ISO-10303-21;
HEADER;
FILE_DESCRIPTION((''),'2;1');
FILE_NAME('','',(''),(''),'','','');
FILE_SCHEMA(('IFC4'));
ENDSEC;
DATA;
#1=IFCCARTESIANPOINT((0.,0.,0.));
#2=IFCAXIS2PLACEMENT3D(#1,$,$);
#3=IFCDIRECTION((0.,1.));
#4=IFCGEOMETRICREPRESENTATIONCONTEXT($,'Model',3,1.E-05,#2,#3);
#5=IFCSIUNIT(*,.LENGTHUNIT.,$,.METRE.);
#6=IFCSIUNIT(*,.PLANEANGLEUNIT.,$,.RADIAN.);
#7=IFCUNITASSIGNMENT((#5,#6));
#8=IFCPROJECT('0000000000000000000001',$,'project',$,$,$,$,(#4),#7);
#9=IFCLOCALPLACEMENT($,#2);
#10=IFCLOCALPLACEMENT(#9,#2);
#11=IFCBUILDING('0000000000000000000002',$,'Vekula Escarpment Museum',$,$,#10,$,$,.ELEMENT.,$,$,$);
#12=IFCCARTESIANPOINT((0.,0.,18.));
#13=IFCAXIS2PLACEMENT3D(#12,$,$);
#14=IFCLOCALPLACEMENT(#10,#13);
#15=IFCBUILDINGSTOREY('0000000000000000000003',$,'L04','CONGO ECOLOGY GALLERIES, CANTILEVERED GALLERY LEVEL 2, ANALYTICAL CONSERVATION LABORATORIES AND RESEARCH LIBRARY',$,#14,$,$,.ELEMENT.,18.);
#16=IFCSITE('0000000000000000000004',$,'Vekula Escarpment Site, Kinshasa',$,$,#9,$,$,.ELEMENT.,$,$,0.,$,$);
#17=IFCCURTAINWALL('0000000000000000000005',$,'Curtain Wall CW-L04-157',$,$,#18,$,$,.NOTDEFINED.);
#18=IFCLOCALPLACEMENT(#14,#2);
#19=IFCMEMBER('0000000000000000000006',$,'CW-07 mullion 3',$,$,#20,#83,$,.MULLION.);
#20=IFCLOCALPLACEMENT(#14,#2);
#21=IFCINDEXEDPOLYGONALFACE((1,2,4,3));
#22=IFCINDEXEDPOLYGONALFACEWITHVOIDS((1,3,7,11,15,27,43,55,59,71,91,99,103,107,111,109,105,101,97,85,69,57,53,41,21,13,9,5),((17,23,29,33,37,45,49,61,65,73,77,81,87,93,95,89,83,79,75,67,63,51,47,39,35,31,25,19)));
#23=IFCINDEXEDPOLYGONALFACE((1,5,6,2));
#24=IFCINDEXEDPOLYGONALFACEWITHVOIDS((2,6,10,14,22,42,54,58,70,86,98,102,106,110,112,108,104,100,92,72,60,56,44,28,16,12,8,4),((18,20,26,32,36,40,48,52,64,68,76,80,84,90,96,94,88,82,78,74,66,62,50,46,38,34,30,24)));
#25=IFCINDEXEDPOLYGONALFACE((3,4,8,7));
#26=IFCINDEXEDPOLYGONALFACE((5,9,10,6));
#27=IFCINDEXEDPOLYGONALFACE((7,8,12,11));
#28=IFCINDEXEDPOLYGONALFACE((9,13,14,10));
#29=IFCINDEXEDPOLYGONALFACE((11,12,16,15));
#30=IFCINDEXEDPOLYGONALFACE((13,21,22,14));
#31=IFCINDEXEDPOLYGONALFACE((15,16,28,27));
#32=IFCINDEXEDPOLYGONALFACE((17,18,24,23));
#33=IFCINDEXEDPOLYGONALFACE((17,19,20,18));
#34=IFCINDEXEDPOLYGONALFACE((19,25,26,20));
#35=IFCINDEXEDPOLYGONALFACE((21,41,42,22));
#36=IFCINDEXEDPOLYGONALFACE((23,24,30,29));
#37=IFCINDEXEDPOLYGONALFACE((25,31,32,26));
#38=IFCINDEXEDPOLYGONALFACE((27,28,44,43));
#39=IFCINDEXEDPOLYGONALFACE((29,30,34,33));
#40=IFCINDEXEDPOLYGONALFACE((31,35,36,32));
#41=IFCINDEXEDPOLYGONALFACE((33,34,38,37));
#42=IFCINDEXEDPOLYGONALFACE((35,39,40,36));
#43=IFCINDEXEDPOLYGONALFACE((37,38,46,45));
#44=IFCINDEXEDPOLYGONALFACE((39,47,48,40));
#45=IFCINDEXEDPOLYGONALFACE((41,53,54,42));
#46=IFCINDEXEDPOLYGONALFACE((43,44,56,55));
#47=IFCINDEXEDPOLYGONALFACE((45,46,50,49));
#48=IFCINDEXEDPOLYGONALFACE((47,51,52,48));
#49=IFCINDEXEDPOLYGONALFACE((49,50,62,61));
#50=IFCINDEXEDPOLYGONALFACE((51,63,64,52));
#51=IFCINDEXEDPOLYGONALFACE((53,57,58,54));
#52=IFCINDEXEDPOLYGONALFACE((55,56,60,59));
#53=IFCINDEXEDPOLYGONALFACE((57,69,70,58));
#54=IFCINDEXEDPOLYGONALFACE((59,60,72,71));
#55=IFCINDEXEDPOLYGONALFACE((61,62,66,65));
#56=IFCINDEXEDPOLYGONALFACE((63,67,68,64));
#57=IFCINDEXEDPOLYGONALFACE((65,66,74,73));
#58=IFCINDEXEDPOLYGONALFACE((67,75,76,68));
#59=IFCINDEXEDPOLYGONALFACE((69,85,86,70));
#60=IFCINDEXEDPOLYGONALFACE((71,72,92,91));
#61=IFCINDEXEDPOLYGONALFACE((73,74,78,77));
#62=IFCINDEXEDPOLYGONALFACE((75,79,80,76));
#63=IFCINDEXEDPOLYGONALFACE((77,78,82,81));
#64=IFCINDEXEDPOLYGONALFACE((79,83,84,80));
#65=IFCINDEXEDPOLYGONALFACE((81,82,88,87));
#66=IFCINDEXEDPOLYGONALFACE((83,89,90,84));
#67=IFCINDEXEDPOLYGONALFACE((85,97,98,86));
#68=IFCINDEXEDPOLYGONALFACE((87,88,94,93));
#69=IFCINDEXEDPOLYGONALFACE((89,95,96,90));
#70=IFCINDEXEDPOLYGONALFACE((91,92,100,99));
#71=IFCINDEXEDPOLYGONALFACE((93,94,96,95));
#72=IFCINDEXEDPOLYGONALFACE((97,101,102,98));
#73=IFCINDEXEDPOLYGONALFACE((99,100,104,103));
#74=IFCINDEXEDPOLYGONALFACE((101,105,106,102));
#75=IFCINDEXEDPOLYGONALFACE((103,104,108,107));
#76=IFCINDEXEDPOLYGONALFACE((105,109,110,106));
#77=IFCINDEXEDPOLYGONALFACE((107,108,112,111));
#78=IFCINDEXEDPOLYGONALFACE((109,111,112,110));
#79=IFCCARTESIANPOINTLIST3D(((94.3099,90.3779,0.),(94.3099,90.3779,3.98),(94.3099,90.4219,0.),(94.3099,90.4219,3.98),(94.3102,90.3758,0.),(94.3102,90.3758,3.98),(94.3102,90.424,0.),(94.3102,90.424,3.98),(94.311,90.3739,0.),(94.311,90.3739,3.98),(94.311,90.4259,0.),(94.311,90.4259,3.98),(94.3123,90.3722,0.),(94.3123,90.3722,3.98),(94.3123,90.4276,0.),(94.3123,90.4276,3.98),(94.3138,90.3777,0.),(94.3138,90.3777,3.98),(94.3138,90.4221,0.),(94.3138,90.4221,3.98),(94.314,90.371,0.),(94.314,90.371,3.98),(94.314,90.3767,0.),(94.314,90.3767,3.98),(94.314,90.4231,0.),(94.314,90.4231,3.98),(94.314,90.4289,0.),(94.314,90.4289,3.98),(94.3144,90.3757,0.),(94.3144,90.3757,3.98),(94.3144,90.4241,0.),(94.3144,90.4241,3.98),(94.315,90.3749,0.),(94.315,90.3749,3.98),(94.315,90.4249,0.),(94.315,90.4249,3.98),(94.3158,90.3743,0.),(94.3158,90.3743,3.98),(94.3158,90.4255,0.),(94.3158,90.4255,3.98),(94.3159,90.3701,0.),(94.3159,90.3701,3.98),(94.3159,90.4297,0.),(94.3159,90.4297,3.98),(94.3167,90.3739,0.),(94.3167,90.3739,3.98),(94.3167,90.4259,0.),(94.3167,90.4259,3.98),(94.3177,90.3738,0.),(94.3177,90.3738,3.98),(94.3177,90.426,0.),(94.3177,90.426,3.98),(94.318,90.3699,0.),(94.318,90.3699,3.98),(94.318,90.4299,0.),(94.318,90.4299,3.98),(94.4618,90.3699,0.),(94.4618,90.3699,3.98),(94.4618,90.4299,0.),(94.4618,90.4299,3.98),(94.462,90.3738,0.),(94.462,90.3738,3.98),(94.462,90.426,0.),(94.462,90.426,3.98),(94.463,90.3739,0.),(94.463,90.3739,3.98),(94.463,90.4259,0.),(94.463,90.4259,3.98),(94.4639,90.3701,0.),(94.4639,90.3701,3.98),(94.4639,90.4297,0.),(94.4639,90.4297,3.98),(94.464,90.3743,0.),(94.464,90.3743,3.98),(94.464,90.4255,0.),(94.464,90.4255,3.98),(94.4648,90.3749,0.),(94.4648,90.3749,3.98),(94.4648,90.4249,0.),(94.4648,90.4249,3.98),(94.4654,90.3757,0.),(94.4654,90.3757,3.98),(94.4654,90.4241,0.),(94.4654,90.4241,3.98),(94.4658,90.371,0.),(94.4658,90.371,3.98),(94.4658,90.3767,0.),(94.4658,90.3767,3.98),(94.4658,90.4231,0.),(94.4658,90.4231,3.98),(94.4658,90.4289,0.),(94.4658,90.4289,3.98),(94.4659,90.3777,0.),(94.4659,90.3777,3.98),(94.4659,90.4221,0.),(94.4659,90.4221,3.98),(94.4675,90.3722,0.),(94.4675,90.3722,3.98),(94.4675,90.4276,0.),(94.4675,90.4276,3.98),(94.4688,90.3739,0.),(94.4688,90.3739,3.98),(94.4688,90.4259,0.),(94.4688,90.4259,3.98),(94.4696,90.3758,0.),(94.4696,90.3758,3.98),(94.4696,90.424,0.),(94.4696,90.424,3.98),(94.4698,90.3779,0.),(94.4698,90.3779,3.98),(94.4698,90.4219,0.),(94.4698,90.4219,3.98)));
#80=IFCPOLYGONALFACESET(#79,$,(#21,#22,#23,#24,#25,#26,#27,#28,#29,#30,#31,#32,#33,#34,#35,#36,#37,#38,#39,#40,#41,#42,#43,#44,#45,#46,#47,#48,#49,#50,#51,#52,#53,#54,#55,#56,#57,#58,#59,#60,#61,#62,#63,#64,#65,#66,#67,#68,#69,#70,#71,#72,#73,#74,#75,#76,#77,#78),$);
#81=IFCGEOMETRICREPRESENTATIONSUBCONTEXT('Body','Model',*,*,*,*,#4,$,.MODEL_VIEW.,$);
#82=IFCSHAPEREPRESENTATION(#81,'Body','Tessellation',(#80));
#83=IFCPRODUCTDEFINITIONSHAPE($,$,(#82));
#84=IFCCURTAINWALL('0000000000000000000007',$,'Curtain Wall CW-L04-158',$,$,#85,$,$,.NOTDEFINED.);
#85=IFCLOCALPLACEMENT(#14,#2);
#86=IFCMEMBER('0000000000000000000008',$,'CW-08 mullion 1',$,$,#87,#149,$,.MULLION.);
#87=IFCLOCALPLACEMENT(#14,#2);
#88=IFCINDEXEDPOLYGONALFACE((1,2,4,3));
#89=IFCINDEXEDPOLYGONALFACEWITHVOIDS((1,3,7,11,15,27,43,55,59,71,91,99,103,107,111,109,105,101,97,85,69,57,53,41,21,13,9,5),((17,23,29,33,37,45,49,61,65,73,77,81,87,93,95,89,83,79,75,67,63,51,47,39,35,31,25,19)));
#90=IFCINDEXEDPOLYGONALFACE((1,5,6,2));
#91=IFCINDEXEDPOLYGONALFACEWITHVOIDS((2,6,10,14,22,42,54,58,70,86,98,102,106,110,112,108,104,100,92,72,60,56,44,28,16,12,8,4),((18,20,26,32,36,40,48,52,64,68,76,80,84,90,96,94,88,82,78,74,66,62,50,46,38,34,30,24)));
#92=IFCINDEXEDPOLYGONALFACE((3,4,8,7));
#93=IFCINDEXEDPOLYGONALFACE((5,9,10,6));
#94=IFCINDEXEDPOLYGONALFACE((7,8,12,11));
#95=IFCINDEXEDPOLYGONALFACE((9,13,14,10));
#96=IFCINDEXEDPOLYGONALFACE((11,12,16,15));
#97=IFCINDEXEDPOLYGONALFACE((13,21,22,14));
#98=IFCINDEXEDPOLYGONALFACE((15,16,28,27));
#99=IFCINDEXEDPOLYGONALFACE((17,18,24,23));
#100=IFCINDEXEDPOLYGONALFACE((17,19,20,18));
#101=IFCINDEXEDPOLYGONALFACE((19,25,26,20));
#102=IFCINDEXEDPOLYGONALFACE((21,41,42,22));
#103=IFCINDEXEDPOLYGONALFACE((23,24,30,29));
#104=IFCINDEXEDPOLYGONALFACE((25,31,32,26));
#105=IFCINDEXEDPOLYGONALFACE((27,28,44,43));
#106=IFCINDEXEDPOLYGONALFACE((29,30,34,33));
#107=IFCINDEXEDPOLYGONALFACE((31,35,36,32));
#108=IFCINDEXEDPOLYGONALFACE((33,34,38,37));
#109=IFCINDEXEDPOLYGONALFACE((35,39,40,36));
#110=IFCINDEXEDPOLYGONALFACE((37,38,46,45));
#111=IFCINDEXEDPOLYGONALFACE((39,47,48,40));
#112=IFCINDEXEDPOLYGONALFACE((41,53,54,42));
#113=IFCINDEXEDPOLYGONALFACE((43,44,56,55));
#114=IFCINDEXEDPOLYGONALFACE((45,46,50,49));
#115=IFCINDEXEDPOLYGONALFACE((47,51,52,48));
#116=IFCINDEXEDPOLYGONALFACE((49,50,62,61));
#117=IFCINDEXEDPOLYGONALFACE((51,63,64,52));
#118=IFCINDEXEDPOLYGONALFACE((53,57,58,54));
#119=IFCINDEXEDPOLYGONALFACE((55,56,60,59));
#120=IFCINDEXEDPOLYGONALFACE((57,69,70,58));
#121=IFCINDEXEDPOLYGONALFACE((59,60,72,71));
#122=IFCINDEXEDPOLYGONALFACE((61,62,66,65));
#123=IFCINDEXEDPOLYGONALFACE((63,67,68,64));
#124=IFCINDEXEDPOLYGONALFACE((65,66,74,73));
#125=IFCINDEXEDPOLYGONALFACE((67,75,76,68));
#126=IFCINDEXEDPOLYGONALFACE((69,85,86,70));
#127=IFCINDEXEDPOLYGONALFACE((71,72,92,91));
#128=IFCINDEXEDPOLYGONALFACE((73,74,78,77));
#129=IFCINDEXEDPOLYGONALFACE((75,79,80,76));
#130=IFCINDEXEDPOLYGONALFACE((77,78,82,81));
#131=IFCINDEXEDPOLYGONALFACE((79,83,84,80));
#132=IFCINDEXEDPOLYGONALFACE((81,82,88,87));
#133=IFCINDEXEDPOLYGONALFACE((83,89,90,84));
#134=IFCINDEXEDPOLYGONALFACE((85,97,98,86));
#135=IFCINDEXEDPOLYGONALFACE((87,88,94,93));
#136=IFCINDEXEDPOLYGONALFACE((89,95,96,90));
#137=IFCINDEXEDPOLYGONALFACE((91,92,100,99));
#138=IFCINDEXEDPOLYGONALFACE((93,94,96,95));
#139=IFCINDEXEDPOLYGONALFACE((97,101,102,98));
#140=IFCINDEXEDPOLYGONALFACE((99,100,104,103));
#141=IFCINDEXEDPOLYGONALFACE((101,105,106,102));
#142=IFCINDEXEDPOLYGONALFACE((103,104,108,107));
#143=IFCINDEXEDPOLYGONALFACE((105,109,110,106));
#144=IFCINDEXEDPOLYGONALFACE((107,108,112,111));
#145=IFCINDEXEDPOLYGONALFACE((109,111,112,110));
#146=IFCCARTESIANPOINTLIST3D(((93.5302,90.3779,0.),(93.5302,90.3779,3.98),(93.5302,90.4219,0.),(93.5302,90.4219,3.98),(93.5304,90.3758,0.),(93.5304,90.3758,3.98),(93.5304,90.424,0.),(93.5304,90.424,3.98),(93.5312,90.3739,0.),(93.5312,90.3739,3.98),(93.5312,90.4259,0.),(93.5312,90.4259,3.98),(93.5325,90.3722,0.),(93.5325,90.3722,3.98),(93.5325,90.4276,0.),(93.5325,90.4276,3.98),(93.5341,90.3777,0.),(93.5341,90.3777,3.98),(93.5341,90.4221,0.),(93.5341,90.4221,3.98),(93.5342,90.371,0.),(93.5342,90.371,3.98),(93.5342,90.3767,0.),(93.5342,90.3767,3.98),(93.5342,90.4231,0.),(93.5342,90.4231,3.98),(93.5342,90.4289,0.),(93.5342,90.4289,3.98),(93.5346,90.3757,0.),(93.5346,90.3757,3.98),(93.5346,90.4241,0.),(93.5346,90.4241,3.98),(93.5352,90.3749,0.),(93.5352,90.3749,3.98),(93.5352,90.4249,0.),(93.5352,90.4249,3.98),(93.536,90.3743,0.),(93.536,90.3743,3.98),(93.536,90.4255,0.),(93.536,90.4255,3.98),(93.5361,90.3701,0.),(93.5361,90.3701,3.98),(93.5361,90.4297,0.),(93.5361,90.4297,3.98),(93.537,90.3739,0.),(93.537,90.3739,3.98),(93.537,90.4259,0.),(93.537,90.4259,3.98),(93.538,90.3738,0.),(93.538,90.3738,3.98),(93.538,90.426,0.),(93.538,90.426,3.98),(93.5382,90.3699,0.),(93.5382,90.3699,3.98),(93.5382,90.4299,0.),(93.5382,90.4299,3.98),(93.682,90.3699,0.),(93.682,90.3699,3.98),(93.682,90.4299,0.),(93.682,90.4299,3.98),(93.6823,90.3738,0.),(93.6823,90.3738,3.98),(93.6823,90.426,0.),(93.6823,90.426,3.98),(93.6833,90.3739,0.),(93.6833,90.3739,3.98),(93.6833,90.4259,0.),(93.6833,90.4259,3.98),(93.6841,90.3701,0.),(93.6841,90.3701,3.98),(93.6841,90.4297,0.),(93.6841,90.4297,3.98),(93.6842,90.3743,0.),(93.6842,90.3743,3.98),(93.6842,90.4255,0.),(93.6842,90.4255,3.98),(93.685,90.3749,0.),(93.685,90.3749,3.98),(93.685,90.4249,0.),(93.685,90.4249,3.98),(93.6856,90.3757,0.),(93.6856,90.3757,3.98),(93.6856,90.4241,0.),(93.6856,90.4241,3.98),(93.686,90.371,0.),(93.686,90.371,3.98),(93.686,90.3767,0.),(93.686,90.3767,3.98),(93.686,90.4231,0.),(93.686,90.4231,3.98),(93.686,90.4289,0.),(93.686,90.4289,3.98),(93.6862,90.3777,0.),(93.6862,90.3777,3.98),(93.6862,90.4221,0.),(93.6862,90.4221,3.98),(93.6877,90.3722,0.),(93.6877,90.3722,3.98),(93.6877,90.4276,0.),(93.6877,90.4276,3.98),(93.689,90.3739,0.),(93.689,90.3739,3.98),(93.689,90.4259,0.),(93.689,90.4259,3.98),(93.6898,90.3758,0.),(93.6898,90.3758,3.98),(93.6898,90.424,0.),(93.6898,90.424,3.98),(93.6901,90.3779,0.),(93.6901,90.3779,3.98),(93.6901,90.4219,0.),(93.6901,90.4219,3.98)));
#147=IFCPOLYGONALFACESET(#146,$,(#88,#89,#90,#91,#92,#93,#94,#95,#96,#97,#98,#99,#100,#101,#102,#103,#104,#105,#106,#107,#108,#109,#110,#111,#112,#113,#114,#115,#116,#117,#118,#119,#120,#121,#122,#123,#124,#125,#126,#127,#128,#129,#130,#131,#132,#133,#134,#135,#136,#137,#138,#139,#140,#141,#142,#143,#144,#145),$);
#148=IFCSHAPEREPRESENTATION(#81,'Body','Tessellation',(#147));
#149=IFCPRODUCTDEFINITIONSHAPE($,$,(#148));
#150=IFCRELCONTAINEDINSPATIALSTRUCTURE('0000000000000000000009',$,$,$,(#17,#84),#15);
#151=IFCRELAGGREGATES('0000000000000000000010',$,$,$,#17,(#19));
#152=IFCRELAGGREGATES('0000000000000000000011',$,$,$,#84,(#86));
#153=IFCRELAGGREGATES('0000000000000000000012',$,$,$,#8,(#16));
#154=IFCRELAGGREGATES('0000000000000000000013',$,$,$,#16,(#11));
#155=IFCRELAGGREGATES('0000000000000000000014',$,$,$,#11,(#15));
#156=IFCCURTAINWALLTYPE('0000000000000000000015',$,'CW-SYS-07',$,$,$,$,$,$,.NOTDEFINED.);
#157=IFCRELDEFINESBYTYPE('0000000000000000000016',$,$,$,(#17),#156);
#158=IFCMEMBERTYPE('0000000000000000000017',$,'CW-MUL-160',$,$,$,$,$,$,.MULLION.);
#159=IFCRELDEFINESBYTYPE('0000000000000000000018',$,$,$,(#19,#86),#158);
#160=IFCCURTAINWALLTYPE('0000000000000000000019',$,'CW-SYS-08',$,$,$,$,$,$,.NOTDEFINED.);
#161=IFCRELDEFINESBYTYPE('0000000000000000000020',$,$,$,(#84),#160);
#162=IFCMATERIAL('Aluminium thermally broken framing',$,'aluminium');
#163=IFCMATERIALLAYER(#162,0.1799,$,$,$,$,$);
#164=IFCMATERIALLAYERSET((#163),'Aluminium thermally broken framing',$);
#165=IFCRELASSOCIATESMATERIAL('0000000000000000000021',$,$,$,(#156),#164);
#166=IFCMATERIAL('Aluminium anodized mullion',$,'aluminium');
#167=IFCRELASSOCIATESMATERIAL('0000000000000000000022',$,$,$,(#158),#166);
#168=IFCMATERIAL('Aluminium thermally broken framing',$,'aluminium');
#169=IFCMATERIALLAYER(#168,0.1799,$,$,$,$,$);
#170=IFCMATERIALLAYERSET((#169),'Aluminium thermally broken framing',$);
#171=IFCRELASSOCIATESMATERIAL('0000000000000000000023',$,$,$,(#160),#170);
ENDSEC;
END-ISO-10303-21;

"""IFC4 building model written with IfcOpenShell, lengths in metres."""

from ifc_helpers import new_model, si_unit, direction, frame, origin, origin_2d, place, context, subcontext, project, spatial, hollow_rectangle, extrude, material, layer, layer_set, material_profile, profile_set, type_object, element, aggregate, save


model = new_model("IFC4")

# Units and contexts
model_context = context("Model", 3, precision=1e-05, world=origin(), true_north=direction((0.0, 1.0)))
body_context = subcontext(model_context, "Body", "Model", "MODEL_VIEW")
ifc_project = project(units=[si_unit("LENGTHUNIT", "METRE"), si_unit("PLANEANGLEUNIT", "RADIAN")], contexts=[model_context])

# Site, building, storey
site_placement = place(None, origin())
site = spatial("IfcSite", under=ifc_project, at=site_placement, Name="Vekula Escarpment Site, Kinshasa", CompositionType="ELEMENT", RefElevation=0.0)
building_placement = place(site_placement, origin())
building = spatial("IfcBuilding", under=site, at=building_placement, Name="Vekula Escarpment Museum", CompositionType="ELEMENT")
storey_placement = place(building_placement, frame((0.0, 0.0, 18.0)))
storey = spatial("IfcBuildingStorey", under=building, at=storey_placement, Name="L04", Description="CONGO ECOLOGY GALLERIES, CANTILEVERED GALLERY LEVEL 2, ANALYTICAL CONSERVATION LABORATORIES AND RESEARCH LIBRARY", CompositionType="ELEMENT", Elevation=18.0)

# Curtain wall, member
ifc_material_1 = material(Name="Aluminium thermally broken framing", Category="aluminium")
ifc_layer_1 = layer(ifc_material_1, 0.1799)
ifc_layer_set_1 = layer_set([ifc_layer_1], Name="Aluminium thermally broken framing")
curtain_wall_type_1 = type_object("IfcCurtainWallType", Name="CW-SYS-07", PredefinedType="NOTDEFINED", material=ifc_layer_set_1)
curtain_wall_1_placement = place(storey_placement, origin())
curtain_wall_1 = element("IfcCurtainWall", 1, at=curtain_wall_1_placement, inside=storey, type_object=curtain_wall_type_1, Name="Curtain Wall CW-L04-157", PredefinedType="NOTDEFINED")
ifc_material_2 = material(Name="Aluminium anodized mullion", Category="aluminium")
ifc_material_profile_1 = material_profile(ifc_material_2, hollow_rectangle(XDim=0.0601, YDim=0.1599, WallThickness=0.0039, InnerFilletRadius=0.0039, OuterFilletRadius=0.0081, at=origin_2d()), Name="ALU 160x60x4")
ifc_profile_set_1 = profile_set([ifc_material_profile_1], Name="Aluminium anodized mullion")
member_type_1 = type_object("IfcMemberType", Name="CW-MUL-160", PredefinedType="MULLION", material=ifc_profile_set_1)
member_1_placement = place(storey_placement, frame((94.3899, 90.3999, 0.0), z_axis=(0.0, 0.0, 1.0), x_axis=(0.0, -1.0, 0.0)))
member_1 = element("IfcMember", 2, at=member_1_placement, type_object=member_type_1, Name="CW-07 mullion 3", PredefinedType="MULLION", context=body_context, shape_type="SweptSolid", body=[
    extrude(hollow_rectangle(XDim=0.0601, YDim=0.1599, WallThickness=0.0039, InnerFilletRadius=0.0039, OuterFilletRadius=0.0081, at=origin_2d()), origin(), (0.0, 0.0, 1.0), 3.98),
])

# Curtain wall, member
ifc_material_3 = material(Name="Aluminium thermally broken framing", Category="aluminium")
ifc_layer_2 = layer(ifc_material_3, 0.1799)
ifc_layer_set_2 = layer_set([ifc_layer_2], Name="Aluminium thermally broken framing")
curtain_wall_type_2 = type_object("IfcCurtainWallType", Name="CW-SYS-08", PredefinedType="NOTDEFINED", material=ifc_layer_set_2)
curtain_wall_2_placement = place(storey_placement, origin())
curtain_wall_2 = element("IfcCurtainWall", 3, at=curtain_wall_2_placement, inside=storey, type_object=curtain_wall_type_2, Name="Curtain Wall CW-L04-158", PredefinedType="NOTDEFINED")
member_2_placement = place(storey_placement, frame((93.6101, 90.3999, 0.0), z_axis=(0.0, 0.0, 1.0), x_axis=(0.0, -1.0, 0.0)))
member_2 = element("IfcMember", 4, at=member_2_placement, type_object=member_type_1, Name="CW-08 mullion 1", PredefinedType="MULLION", context=body_context, shape_type="SweptSolid", body=[
    extrude(hollow_rectangle(XDim=0.0601, YDim=0.1599, WallThickness=0.0039, InnerFilletRadius=0.0039, OuterFilletRadius=0.0081, at=origin_2d()), origin(), (0.0, 0.0, 1.0), 3.98),
])

aggregate(curtain_wall_1, [member_1])
aggregate(curtain_wall_2, [member_2])

save(model, "model.ifc")
